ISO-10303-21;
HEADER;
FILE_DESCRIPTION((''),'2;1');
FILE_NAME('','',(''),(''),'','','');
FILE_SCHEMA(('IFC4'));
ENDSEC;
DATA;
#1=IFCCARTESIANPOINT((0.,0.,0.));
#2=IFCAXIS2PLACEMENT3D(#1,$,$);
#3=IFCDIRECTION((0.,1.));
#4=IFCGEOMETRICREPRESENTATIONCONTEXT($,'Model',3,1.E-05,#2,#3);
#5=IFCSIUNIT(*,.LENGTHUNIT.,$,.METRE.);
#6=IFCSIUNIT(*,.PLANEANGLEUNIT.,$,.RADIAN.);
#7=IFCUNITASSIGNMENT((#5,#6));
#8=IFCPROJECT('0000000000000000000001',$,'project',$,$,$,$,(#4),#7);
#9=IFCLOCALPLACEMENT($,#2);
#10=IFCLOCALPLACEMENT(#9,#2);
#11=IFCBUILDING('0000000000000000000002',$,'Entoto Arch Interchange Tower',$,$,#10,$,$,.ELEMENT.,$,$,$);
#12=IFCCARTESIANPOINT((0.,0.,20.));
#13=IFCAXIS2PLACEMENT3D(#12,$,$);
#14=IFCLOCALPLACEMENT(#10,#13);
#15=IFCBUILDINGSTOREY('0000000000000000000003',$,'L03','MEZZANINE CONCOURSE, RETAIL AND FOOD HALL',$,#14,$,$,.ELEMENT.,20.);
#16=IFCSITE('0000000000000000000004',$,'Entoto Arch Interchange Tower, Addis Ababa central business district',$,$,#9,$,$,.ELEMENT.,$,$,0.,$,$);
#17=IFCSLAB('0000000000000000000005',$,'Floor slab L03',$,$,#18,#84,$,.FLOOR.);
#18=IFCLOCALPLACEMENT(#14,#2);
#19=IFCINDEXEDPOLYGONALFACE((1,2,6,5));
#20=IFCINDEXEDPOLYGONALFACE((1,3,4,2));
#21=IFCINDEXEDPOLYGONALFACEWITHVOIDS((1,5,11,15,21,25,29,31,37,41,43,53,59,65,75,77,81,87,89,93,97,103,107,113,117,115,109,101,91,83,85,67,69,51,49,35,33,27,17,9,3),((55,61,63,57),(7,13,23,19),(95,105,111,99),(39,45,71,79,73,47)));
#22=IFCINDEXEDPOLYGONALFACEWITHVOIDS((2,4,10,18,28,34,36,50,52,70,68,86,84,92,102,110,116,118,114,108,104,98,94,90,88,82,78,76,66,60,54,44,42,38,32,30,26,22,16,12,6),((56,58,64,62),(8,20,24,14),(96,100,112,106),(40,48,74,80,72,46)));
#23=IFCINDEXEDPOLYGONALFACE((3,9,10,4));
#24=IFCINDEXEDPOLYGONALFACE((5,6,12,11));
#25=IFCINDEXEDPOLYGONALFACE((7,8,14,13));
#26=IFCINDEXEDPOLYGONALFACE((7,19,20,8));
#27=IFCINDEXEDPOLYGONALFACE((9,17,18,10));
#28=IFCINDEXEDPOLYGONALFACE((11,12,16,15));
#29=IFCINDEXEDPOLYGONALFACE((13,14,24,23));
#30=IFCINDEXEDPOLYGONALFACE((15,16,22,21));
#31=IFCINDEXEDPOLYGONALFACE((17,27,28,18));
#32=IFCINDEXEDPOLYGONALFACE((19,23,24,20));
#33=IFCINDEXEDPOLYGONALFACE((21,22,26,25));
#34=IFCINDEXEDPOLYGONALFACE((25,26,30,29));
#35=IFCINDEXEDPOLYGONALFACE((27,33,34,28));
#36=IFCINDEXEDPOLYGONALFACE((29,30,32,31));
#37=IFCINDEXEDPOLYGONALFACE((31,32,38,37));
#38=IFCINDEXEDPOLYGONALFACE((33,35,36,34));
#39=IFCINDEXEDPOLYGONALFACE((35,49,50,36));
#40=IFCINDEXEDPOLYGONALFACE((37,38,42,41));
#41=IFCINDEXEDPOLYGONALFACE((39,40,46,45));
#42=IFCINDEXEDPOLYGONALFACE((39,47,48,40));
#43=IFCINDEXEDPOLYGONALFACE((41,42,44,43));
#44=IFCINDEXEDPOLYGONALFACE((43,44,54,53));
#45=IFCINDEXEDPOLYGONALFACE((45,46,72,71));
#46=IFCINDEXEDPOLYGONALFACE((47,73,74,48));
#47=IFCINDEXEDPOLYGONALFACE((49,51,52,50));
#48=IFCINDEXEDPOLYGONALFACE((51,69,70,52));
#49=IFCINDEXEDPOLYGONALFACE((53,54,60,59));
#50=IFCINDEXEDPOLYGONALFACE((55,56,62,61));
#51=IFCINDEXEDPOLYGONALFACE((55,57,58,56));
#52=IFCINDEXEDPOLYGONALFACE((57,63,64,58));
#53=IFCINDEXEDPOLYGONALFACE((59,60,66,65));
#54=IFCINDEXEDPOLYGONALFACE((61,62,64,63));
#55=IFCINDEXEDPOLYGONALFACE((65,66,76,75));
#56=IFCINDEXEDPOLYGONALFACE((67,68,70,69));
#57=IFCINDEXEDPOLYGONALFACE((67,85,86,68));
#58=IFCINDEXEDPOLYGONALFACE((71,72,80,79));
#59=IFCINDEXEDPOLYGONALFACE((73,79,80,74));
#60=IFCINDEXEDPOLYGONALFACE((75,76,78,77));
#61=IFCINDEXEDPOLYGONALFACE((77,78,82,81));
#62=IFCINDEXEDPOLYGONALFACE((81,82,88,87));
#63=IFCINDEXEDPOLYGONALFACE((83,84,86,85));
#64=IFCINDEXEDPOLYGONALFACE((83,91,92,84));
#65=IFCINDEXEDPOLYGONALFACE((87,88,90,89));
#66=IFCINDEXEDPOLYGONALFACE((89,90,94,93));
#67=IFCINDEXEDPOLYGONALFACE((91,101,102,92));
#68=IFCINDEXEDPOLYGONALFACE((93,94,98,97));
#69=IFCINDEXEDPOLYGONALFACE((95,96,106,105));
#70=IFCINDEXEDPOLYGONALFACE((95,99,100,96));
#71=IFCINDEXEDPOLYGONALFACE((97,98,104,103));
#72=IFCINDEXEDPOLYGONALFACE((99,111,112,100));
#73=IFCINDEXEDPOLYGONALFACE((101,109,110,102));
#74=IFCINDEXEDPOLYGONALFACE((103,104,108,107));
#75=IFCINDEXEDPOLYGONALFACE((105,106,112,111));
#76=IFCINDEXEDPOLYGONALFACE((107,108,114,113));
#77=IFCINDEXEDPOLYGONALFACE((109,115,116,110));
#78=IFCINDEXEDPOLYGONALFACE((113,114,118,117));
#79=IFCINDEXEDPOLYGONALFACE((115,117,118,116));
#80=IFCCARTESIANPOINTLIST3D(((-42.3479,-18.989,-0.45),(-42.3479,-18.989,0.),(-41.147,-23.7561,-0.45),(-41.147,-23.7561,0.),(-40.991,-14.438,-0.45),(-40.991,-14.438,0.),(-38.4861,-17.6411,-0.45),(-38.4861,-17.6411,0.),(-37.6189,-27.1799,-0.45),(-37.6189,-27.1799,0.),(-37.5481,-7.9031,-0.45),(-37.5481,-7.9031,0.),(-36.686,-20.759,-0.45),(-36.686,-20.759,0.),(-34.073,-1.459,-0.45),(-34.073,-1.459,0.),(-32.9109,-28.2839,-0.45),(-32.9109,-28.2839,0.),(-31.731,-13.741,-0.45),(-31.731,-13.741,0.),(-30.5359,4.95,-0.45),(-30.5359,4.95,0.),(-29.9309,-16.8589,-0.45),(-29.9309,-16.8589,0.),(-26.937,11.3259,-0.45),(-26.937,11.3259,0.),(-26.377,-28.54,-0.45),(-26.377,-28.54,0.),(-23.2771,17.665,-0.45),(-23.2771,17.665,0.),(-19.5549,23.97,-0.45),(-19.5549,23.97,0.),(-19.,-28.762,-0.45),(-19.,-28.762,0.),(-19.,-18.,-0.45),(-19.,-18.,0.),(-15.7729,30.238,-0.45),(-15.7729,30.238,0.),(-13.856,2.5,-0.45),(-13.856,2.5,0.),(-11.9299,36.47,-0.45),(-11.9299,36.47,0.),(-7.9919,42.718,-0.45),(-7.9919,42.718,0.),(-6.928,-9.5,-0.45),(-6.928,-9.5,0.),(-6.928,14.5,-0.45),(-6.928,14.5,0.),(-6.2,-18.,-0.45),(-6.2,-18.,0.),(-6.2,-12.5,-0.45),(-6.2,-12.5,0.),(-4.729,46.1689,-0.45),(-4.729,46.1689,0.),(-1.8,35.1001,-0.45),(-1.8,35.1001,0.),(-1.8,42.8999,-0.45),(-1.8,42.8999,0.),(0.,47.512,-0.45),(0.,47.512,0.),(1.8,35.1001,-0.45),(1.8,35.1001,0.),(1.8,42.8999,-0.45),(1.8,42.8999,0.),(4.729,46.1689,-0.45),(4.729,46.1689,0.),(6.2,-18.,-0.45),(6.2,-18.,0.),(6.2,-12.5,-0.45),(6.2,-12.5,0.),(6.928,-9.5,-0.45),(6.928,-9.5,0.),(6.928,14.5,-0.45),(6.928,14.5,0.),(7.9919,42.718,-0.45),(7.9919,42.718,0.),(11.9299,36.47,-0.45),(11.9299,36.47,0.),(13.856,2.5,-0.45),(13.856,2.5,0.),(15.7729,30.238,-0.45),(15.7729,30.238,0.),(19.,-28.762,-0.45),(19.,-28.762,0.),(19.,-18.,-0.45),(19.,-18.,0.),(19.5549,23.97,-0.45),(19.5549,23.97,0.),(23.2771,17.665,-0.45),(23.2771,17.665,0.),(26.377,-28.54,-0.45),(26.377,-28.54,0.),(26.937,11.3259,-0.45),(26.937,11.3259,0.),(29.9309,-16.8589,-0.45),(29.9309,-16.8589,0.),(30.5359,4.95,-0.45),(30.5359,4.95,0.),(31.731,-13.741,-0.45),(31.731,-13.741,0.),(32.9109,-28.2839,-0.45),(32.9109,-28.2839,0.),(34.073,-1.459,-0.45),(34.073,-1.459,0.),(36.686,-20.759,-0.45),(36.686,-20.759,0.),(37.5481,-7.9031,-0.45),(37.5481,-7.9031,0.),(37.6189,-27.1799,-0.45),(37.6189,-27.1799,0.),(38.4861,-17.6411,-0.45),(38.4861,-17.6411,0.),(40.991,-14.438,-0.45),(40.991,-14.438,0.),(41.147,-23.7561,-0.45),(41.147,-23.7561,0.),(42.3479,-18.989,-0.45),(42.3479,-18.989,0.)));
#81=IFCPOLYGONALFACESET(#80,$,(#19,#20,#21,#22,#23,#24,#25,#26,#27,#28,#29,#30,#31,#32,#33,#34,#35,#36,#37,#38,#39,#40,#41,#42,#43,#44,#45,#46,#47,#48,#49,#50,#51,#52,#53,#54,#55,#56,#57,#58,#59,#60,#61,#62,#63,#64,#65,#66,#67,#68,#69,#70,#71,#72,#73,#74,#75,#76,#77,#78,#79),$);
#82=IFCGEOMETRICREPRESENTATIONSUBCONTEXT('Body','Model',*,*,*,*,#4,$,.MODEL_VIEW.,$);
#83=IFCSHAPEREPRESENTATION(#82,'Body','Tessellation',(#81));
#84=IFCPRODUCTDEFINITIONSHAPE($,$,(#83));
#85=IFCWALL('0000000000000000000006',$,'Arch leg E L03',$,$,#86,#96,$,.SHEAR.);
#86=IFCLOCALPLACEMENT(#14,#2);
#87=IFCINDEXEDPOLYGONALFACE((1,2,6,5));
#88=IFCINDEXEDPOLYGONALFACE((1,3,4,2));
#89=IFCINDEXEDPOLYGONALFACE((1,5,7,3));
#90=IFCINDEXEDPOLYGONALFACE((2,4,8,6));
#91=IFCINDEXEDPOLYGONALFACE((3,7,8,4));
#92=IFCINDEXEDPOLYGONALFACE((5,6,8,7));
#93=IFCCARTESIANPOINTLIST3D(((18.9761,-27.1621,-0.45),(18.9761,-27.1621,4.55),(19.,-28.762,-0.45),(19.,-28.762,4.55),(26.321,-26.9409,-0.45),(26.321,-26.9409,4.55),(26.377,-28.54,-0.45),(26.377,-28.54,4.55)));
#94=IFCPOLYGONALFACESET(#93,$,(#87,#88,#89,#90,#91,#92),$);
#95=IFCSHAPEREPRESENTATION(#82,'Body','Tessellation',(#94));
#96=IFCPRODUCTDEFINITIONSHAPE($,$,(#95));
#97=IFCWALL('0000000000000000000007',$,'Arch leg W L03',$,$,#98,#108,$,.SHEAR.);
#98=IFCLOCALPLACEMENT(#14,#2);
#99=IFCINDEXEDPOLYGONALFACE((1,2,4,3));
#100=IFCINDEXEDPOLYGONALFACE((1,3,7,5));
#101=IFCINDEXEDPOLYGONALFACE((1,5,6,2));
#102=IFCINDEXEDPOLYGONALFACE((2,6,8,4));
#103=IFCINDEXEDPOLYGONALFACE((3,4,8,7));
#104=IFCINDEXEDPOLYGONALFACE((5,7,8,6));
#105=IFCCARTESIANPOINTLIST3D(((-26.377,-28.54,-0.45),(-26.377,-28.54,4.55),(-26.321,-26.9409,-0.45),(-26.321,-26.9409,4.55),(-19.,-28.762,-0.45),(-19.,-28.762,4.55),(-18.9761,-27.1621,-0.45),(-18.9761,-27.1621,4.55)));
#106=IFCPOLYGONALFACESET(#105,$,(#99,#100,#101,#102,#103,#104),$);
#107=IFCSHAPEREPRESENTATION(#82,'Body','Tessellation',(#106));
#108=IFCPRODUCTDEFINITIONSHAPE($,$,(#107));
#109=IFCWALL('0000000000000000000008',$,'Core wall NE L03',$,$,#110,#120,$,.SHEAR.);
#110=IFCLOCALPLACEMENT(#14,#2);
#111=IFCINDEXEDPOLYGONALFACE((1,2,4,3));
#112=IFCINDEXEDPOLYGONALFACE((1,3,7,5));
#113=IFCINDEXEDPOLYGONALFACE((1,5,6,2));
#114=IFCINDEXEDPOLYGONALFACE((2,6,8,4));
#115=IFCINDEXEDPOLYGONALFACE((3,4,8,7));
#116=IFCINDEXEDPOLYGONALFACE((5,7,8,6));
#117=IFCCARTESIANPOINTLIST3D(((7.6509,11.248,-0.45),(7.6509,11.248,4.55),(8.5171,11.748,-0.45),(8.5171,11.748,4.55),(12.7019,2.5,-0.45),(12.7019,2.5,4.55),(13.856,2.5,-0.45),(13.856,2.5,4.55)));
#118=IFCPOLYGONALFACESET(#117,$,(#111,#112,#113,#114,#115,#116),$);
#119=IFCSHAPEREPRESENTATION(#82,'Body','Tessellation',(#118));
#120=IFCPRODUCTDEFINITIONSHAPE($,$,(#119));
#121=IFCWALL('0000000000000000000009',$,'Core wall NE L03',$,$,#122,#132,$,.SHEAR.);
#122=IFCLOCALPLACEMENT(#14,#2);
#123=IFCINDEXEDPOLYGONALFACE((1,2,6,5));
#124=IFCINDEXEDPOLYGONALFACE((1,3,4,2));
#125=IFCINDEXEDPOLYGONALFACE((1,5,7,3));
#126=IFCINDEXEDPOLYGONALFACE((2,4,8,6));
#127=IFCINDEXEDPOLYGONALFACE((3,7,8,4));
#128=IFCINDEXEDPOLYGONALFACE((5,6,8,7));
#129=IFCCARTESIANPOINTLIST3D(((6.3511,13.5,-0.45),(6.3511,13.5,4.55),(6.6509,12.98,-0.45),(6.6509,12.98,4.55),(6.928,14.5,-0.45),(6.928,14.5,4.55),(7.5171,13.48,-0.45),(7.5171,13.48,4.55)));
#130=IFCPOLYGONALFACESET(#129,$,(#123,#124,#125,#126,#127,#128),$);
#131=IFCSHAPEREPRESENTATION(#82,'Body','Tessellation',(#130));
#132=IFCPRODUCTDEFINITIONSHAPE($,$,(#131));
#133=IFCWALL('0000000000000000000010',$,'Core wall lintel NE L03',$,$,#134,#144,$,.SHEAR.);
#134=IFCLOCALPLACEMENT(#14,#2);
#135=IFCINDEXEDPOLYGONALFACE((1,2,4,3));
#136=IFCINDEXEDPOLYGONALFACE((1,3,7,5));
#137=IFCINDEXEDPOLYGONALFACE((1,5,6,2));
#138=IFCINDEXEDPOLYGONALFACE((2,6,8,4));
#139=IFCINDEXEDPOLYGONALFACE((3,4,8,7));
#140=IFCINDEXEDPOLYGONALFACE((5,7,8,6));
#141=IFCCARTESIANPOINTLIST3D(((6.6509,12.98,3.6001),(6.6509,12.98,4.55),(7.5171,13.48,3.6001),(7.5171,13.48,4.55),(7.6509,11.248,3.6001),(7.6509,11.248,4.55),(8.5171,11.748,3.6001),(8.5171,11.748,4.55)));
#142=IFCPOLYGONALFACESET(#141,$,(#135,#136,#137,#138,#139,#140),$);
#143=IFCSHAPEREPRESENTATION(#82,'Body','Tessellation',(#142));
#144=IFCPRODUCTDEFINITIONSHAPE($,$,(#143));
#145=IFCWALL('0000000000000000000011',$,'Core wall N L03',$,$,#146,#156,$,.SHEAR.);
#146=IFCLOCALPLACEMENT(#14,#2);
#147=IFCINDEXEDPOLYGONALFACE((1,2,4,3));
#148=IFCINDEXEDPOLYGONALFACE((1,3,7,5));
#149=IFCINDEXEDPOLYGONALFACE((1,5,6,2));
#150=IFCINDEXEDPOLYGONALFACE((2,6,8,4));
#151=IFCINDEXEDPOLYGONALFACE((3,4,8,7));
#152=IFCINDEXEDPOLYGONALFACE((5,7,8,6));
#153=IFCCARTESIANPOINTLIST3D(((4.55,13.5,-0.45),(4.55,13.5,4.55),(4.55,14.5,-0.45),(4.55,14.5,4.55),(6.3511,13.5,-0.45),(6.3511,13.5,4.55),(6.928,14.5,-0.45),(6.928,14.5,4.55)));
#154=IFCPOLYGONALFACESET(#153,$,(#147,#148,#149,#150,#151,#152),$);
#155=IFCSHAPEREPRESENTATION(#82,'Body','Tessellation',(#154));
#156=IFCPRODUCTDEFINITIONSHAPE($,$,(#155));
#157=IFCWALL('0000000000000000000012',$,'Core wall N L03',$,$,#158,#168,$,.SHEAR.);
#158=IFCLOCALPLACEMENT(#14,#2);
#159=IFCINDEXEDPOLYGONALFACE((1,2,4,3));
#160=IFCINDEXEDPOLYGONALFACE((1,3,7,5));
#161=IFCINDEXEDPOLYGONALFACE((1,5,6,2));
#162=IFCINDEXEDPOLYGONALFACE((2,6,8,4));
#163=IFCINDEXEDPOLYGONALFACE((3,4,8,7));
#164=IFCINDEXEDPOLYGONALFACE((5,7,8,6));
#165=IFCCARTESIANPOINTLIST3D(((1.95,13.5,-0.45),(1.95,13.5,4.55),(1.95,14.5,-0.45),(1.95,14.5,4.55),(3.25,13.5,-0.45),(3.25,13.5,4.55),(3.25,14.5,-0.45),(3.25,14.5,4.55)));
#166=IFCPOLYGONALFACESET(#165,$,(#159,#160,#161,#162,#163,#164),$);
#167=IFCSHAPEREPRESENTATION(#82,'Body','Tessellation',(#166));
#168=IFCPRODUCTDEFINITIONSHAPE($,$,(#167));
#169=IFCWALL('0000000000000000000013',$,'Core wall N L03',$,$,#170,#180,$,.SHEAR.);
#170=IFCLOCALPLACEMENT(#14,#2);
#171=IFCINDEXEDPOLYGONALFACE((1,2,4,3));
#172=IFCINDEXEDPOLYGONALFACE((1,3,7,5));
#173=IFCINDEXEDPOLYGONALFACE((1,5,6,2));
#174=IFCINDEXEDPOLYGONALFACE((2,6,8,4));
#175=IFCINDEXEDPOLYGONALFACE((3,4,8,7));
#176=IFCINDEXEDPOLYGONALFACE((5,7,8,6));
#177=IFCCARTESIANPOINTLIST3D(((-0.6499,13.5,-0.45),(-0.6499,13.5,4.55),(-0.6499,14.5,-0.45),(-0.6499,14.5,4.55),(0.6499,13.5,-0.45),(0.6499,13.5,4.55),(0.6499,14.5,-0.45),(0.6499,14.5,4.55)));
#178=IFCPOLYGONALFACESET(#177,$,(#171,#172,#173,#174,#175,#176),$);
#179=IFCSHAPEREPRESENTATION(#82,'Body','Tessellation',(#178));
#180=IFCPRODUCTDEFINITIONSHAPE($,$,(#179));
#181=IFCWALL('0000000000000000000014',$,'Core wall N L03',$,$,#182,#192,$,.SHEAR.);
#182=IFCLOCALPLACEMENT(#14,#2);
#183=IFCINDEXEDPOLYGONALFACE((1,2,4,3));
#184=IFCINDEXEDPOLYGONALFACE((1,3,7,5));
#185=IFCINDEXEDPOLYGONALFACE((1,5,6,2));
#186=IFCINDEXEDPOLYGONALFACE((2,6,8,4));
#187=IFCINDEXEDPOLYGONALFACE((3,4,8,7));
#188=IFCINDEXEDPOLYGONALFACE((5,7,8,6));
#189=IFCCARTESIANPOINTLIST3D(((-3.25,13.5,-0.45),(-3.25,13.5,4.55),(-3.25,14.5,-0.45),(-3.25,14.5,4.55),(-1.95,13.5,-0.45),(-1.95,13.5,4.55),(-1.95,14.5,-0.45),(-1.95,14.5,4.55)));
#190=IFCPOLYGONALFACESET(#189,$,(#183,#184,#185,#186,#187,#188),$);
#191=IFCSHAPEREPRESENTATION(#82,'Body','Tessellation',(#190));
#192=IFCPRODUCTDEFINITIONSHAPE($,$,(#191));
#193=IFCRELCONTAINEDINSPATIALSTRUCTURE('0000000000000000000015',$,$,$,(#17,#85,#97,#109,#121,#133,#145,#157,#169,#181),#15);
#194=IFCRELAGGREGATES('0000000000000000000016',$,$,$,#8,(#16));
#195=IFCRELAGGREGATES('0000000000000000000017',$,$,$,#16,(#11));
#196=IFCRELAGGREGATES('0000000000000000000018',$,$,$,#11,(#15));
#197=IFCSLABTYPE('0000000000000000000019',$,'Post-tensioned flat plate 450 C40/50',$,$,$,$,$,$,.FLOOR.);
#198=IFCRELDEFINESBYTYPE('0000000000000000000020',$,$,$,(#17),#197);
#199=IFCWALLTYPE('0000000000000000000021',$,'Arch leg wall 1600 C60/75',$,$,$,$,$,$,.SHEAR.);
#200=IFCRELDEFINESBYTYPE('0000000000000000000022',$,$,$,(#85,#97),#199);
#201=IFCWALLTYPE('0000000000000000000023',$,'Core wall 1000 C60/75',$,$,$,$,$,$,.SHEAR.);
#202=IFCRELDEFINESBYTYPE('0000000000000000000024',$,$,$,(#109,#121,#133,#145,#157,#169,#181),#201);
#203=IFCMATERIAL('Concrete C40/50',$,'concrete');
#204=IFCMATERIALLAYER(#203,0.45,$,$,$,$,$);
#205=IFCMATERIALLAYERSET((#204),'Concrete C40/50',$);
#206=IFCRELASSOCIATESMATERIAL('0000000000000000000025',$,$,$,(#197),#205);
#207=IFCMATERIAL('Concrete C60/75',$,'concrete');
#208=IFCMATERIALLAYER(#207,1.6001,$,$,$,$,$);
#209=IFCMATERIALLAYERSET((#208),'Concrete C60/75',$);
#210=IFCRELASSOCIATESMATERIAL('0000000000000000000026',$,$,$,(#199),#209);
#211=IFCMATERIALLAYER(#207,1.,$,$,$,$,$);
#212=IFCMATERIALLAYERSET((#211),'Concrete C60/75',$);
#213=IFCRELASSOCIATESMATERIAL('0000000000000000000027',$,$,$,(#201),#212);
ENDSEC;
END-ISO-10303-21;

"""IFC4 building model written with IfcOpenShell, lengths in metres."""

from ifc_helpers import new_model, si_unit, direction, frame, origin, place, context, subcontext, project, spatial, polyline, outline, extrude, material, layer, layer_set, type_object, element, save


model = new_model("IFC4")

# Units and contexts
model_context = context("Model", 3, precision=1e-05, world=origin(), true_north=direction((0.0, 1.0)))
body_context = subcontext(model_context, "Body", "Model", "MODEL_VIEW")
ifc_project = project(units=[si_unit("LENGTHUNIT", "METRE"), si_unit("PLANEANGLEUNIT", "RADIAN")], contexts=[model_context])

# Site, building, storey
site_placement = place(None, origin())
site = spatial("IfcSite", under=ifc_project, at=site_placement, Name="Entoto Arch Interchange Tower, Addis Ababa central business district", CompositionType="ELEMENT", RefElevation=0.0)
building_placement = place(site_placement, origin())
building = spatial("IfcBuilding", under=site, at=building_placement, Name="Entoto Arch Interchange Tower", CompositionType="ELEMENT")
storey_placement = place(building_placement, frame((0.0, 0.0, 20.0)))
storey = spatial("IfcBuildingStorey", under=building, at=storey_placement, Name="L03", Description="MEZZANINE CONCOURSE, RETAIL AND FOOD HALL", CompositionType="ELEMENT", Elevation=20.0)

# Slab
ifc_material_1 = material(Name="Concrete C40/50", Category="concrete")
ifc_layer_1 = layer(ifc_material_1, 0.45)
ifc_layer_set_1 = layer_set([ifc_layer_1], Name="Concrete C40/50")
slab_type = type_object("IfcSlabType", Name="Post-tensioned flat plate 450 C40/50", PredefinedType="FLOOR", material=ifc_layer_set_1)
slab_placement = place(storey_placement, frame((0.0, 0.0, -0.45)))
element("IfcSlab", 1, at=slab_placement, inside=storey, type_object=slab_type, Name="Floor slab L03", PredefinedType="FLOOR", context=body_context, shape_type="SweptSolid", body=[
    extrude(outline(polyline([(-26.377, -28.54), (-19.0, -28.762), (-19.0, -18.0), (-6.2, -18.0), (-6.2, -12.5), (6.2, -12.5), (6.2, -18.0), (19.0, -18.0), (19.0, -28.762), (26.377, -28.54), (32.9109, -28.2839), (37.6189, -27.1799), (41.147, -23.7561), (42.3479, -18.989), (40.991, -14.438), (37.5481, -7.9031), (34.073, -1.459), (30.5359, 4.95), (26.937, 11.3259), (23.2771, 17.665), (19.5549, 23.97), (15.7729, 30.238), (11.9299, 36.47), (7.9919, 42.718), (4.729, 46.1689), (0.0, 47.512), (-4.729, 46.1689), (-7.9919, 42.718), (-11.9299, 36.47), (-15.7729, 30.238), (-19.5549, 23.97), (-23.2771, 17.665), (-26.937, 11.3259), (-30.5359, 4.95), (-34.073, -1.459), (-37.5481, -7.9031), (-40.991, -14.438), (-42.3479, -18.989), (-41.147, -23.7561), (-37.6189, -27.1799), (-32.9109, -28.2839), (-26.377, -28.54)]), holes=[polyline([(-29.9309, -16.8589), (-31.731, -13.741), (-38.4861, -17.6411), (-36.686, -20.759), (-29.9309, -16.8589)]), polyline([(31.731, -13.741), (29.9309, -16.8589), (36.686, -20.759), (38.4861, -17.6411), (31.731, -13.741)]), polyline([(-6.928, -9.5), (6.928, -9.5), (13.856, 2.5), (6.928, 14.5), (-6.928, 14.5), (-13.856, 2.5), (-6.928, -9.5)]), polyline([(-1.8, 42.8999), (-1.8, 35.1001), (1.8, 35.1001), (1.8, 42.8999), (-1.8, 42.8999)])]), origin(), (0.0, 0.0, 1.0), 0.45),
])

# Walls
ifc_material_2 = material(Name="Concrete C60/75", Category="concrete")
ifc_layer_2 = layer(ifc_material_2, 1.6001)
ifc_layer_set_2 = layer_set([ifc_layer_2], Name="Concrete C60/75")
wall_type_1 = type_object("IfcWallType", Name="Arch leg wall 1600 C60/75", PredefinedType="SHEAR", material=ifc_layer_set_2)
wall_1_placement = place(storey_placement, frame((0.0, 0.0, -0.45)))
element("IfcWall", 2, at=wall_1_placement, inside=storey, type_object=wall_type_1, Name="Arch leg E L03", PredefinedType="SHEAR", context=body_context, shape_type="SweptSolid", body=[
    extrude(outline(polyline([(19.0, -28.762), (26.377, -28.54), (26.321, -26.9409), (18.9761, -27.1621), (19.0, -28.762)])), origin(), (0.0, 0.0, 1.0), 5.0),
])
wall_2_placement = place(storey_placement, frame((0.0, 0.0, -0.45)))
element("IfcWall", 3, at=wall_2_placement, inside=storey, type_object=wall_type_1, Name="Arch leg W L03", PredefinedType="SHEAR", context=body_context, shape_type="SweptSolid", body=[
    extrude(outline(polyline([(-26.377, -28.54), (-19.0, -28.762), (-18.9761, -27.1621), (-26.321, -26.9409), (-26.377, -28.54)])), origin(), (0.0, 0.0, 1.0), 5.0),
])
ifc_layer_3 = layer(ifc_material_2, 1.0)
ifc_layer_set_3 = layer_set([ifc_layer_3], Name="Concrete C60/75")
wall_type_2 = type_object("IfcWallType", Name="Core wall 1000 C60/75", PredefinedType="SHEAR", material=ifc_layer_set_3)
wall_3_placement = place(storey_placement, frame((0.0, 0.0, -0.45)))
element("IfcWall", 4, at=wall_3_placement, inside=storey, type_object=wall_type_2, Name="Core wall NE L03", PredefinedType="SHEAR", context=body_context, shape_type="SweptSolid", body=[
    extrude(outline(polyline([(8.5171, 11.748), (7.6509, 11.248), (12.7019, 2.5), (13.856, 2.5), (8.5171, 11.748)])), origin(), (0.0, 0.0, 1.0), 5.0),
])
wall_4_placement = place(storey_placement, frame((0.0, 0.0, -0.45)))
element("IfcWall", 5, at=wall_4_placement, inside=storey, type_object=wall_type_2, Name="Core wall NE L03", PredefinedType="SHEAR", context=body_context, shape_type="SweptSolid", body=[
    extrude(outline(polyline([(6.6509, 12.98), (7.5171, 13.48), (6.928, 14.5), (6.3511, 13.5), (6.6509, 12.98)])), origin(), (0.0, 0.0, 1.0), 5.0),
])
wall_5_placement = place(storey_placement, frame((0.0, 0.0, 3.6001)))
element("IfcWall", 6, at=wall_5_placement, inside=storey, type_object=wall_type_2, Name="Core wall lintel NE L03", PredefinedType="SHEAR", context=body_context, shape_type="SweptSolid", body=[
    extrude(outline(polyline([(7.5171, 13.48), (6.6509, 12.98), (7.6509, 11.248), (8.5171, 11.748), (7.5171, 13.48)])), origin(), (0.0, 0.0, 1.0), 0.95),
])
wall_6_placement = place(storey_placement, frame((0.0, 0.0, -0.45)))
element("IfcWall", 7, at=wall_6_placement, inside=storey, type_object=wall_type_2, Name="Core wall N L03", PredefinedType="SHEAR", context=body_context, shape_type="SweptSolid", body=[
    extrude(outline(polyline([(4.55, 14.5), (4.55, 13.5), (6.3511, 13.5), (6.928, 14.5), (4.55, 14.5)])), origin(), (0.0, 0.0, 1.0), 5.0),
])
wall_7_placement = place(storey_placement, frame((0.0, 0.0, -0.45)))
element("IfcWall", 8, at=wall_7_placement, inside=storey, type_object=wall_type_2, Name="Core wall N L03", PredefinedType="SHEAR", context=body_context, shape_type="SweptSolid", body=[
    extrude(outline(polyline([(1.95, 14.5), (1.95, 13.5), (3.25, 13.5), (3.25, 14.5), (1.95, 14.5)])), origin(), (0.0, 0.0, 1.0), 5.0),
])
wall_8_placement = place(storey_placement, frame((0.0, 0.0, -0.45)))
element("IfcWall", 9, at=wall_8_placement, inside=storey, type_object=wall_type_2, Name="Core wall N L03", PredefinedType="SHEAR", context=body_context, shape_type="SweptSolid", body=[
    extrude(outline(polyline([(-0.6499, 14.5), (-0.6499, 13.5), (0.6499, 13.5), (0.6499, 14.5), (-0.6499, 14.5)])), origin(), (0.0, 0.0, 1.0), 5.0),
])
wall_9_placement = place(storey_placement, frame((0.0, 0.0, -0.45)))
element("IfcWall", 10, at=wall_9_placement, inside=storey, type_object=wall_type_2, Name="Core wall N L03", PredefinedType="SHEAR", context=body_context, shape_type="SweptSolid", body=[
    extrude(outline(polyline([(-3.25, 14.5), (-3.25, 13.5), (-1.95, 13.5), (-1.95, 14.5), (-3.25, 14.5)])), origin(), (0.0, 0.0, 1.0), 5.0),
])

save(model, "model.ifc")
